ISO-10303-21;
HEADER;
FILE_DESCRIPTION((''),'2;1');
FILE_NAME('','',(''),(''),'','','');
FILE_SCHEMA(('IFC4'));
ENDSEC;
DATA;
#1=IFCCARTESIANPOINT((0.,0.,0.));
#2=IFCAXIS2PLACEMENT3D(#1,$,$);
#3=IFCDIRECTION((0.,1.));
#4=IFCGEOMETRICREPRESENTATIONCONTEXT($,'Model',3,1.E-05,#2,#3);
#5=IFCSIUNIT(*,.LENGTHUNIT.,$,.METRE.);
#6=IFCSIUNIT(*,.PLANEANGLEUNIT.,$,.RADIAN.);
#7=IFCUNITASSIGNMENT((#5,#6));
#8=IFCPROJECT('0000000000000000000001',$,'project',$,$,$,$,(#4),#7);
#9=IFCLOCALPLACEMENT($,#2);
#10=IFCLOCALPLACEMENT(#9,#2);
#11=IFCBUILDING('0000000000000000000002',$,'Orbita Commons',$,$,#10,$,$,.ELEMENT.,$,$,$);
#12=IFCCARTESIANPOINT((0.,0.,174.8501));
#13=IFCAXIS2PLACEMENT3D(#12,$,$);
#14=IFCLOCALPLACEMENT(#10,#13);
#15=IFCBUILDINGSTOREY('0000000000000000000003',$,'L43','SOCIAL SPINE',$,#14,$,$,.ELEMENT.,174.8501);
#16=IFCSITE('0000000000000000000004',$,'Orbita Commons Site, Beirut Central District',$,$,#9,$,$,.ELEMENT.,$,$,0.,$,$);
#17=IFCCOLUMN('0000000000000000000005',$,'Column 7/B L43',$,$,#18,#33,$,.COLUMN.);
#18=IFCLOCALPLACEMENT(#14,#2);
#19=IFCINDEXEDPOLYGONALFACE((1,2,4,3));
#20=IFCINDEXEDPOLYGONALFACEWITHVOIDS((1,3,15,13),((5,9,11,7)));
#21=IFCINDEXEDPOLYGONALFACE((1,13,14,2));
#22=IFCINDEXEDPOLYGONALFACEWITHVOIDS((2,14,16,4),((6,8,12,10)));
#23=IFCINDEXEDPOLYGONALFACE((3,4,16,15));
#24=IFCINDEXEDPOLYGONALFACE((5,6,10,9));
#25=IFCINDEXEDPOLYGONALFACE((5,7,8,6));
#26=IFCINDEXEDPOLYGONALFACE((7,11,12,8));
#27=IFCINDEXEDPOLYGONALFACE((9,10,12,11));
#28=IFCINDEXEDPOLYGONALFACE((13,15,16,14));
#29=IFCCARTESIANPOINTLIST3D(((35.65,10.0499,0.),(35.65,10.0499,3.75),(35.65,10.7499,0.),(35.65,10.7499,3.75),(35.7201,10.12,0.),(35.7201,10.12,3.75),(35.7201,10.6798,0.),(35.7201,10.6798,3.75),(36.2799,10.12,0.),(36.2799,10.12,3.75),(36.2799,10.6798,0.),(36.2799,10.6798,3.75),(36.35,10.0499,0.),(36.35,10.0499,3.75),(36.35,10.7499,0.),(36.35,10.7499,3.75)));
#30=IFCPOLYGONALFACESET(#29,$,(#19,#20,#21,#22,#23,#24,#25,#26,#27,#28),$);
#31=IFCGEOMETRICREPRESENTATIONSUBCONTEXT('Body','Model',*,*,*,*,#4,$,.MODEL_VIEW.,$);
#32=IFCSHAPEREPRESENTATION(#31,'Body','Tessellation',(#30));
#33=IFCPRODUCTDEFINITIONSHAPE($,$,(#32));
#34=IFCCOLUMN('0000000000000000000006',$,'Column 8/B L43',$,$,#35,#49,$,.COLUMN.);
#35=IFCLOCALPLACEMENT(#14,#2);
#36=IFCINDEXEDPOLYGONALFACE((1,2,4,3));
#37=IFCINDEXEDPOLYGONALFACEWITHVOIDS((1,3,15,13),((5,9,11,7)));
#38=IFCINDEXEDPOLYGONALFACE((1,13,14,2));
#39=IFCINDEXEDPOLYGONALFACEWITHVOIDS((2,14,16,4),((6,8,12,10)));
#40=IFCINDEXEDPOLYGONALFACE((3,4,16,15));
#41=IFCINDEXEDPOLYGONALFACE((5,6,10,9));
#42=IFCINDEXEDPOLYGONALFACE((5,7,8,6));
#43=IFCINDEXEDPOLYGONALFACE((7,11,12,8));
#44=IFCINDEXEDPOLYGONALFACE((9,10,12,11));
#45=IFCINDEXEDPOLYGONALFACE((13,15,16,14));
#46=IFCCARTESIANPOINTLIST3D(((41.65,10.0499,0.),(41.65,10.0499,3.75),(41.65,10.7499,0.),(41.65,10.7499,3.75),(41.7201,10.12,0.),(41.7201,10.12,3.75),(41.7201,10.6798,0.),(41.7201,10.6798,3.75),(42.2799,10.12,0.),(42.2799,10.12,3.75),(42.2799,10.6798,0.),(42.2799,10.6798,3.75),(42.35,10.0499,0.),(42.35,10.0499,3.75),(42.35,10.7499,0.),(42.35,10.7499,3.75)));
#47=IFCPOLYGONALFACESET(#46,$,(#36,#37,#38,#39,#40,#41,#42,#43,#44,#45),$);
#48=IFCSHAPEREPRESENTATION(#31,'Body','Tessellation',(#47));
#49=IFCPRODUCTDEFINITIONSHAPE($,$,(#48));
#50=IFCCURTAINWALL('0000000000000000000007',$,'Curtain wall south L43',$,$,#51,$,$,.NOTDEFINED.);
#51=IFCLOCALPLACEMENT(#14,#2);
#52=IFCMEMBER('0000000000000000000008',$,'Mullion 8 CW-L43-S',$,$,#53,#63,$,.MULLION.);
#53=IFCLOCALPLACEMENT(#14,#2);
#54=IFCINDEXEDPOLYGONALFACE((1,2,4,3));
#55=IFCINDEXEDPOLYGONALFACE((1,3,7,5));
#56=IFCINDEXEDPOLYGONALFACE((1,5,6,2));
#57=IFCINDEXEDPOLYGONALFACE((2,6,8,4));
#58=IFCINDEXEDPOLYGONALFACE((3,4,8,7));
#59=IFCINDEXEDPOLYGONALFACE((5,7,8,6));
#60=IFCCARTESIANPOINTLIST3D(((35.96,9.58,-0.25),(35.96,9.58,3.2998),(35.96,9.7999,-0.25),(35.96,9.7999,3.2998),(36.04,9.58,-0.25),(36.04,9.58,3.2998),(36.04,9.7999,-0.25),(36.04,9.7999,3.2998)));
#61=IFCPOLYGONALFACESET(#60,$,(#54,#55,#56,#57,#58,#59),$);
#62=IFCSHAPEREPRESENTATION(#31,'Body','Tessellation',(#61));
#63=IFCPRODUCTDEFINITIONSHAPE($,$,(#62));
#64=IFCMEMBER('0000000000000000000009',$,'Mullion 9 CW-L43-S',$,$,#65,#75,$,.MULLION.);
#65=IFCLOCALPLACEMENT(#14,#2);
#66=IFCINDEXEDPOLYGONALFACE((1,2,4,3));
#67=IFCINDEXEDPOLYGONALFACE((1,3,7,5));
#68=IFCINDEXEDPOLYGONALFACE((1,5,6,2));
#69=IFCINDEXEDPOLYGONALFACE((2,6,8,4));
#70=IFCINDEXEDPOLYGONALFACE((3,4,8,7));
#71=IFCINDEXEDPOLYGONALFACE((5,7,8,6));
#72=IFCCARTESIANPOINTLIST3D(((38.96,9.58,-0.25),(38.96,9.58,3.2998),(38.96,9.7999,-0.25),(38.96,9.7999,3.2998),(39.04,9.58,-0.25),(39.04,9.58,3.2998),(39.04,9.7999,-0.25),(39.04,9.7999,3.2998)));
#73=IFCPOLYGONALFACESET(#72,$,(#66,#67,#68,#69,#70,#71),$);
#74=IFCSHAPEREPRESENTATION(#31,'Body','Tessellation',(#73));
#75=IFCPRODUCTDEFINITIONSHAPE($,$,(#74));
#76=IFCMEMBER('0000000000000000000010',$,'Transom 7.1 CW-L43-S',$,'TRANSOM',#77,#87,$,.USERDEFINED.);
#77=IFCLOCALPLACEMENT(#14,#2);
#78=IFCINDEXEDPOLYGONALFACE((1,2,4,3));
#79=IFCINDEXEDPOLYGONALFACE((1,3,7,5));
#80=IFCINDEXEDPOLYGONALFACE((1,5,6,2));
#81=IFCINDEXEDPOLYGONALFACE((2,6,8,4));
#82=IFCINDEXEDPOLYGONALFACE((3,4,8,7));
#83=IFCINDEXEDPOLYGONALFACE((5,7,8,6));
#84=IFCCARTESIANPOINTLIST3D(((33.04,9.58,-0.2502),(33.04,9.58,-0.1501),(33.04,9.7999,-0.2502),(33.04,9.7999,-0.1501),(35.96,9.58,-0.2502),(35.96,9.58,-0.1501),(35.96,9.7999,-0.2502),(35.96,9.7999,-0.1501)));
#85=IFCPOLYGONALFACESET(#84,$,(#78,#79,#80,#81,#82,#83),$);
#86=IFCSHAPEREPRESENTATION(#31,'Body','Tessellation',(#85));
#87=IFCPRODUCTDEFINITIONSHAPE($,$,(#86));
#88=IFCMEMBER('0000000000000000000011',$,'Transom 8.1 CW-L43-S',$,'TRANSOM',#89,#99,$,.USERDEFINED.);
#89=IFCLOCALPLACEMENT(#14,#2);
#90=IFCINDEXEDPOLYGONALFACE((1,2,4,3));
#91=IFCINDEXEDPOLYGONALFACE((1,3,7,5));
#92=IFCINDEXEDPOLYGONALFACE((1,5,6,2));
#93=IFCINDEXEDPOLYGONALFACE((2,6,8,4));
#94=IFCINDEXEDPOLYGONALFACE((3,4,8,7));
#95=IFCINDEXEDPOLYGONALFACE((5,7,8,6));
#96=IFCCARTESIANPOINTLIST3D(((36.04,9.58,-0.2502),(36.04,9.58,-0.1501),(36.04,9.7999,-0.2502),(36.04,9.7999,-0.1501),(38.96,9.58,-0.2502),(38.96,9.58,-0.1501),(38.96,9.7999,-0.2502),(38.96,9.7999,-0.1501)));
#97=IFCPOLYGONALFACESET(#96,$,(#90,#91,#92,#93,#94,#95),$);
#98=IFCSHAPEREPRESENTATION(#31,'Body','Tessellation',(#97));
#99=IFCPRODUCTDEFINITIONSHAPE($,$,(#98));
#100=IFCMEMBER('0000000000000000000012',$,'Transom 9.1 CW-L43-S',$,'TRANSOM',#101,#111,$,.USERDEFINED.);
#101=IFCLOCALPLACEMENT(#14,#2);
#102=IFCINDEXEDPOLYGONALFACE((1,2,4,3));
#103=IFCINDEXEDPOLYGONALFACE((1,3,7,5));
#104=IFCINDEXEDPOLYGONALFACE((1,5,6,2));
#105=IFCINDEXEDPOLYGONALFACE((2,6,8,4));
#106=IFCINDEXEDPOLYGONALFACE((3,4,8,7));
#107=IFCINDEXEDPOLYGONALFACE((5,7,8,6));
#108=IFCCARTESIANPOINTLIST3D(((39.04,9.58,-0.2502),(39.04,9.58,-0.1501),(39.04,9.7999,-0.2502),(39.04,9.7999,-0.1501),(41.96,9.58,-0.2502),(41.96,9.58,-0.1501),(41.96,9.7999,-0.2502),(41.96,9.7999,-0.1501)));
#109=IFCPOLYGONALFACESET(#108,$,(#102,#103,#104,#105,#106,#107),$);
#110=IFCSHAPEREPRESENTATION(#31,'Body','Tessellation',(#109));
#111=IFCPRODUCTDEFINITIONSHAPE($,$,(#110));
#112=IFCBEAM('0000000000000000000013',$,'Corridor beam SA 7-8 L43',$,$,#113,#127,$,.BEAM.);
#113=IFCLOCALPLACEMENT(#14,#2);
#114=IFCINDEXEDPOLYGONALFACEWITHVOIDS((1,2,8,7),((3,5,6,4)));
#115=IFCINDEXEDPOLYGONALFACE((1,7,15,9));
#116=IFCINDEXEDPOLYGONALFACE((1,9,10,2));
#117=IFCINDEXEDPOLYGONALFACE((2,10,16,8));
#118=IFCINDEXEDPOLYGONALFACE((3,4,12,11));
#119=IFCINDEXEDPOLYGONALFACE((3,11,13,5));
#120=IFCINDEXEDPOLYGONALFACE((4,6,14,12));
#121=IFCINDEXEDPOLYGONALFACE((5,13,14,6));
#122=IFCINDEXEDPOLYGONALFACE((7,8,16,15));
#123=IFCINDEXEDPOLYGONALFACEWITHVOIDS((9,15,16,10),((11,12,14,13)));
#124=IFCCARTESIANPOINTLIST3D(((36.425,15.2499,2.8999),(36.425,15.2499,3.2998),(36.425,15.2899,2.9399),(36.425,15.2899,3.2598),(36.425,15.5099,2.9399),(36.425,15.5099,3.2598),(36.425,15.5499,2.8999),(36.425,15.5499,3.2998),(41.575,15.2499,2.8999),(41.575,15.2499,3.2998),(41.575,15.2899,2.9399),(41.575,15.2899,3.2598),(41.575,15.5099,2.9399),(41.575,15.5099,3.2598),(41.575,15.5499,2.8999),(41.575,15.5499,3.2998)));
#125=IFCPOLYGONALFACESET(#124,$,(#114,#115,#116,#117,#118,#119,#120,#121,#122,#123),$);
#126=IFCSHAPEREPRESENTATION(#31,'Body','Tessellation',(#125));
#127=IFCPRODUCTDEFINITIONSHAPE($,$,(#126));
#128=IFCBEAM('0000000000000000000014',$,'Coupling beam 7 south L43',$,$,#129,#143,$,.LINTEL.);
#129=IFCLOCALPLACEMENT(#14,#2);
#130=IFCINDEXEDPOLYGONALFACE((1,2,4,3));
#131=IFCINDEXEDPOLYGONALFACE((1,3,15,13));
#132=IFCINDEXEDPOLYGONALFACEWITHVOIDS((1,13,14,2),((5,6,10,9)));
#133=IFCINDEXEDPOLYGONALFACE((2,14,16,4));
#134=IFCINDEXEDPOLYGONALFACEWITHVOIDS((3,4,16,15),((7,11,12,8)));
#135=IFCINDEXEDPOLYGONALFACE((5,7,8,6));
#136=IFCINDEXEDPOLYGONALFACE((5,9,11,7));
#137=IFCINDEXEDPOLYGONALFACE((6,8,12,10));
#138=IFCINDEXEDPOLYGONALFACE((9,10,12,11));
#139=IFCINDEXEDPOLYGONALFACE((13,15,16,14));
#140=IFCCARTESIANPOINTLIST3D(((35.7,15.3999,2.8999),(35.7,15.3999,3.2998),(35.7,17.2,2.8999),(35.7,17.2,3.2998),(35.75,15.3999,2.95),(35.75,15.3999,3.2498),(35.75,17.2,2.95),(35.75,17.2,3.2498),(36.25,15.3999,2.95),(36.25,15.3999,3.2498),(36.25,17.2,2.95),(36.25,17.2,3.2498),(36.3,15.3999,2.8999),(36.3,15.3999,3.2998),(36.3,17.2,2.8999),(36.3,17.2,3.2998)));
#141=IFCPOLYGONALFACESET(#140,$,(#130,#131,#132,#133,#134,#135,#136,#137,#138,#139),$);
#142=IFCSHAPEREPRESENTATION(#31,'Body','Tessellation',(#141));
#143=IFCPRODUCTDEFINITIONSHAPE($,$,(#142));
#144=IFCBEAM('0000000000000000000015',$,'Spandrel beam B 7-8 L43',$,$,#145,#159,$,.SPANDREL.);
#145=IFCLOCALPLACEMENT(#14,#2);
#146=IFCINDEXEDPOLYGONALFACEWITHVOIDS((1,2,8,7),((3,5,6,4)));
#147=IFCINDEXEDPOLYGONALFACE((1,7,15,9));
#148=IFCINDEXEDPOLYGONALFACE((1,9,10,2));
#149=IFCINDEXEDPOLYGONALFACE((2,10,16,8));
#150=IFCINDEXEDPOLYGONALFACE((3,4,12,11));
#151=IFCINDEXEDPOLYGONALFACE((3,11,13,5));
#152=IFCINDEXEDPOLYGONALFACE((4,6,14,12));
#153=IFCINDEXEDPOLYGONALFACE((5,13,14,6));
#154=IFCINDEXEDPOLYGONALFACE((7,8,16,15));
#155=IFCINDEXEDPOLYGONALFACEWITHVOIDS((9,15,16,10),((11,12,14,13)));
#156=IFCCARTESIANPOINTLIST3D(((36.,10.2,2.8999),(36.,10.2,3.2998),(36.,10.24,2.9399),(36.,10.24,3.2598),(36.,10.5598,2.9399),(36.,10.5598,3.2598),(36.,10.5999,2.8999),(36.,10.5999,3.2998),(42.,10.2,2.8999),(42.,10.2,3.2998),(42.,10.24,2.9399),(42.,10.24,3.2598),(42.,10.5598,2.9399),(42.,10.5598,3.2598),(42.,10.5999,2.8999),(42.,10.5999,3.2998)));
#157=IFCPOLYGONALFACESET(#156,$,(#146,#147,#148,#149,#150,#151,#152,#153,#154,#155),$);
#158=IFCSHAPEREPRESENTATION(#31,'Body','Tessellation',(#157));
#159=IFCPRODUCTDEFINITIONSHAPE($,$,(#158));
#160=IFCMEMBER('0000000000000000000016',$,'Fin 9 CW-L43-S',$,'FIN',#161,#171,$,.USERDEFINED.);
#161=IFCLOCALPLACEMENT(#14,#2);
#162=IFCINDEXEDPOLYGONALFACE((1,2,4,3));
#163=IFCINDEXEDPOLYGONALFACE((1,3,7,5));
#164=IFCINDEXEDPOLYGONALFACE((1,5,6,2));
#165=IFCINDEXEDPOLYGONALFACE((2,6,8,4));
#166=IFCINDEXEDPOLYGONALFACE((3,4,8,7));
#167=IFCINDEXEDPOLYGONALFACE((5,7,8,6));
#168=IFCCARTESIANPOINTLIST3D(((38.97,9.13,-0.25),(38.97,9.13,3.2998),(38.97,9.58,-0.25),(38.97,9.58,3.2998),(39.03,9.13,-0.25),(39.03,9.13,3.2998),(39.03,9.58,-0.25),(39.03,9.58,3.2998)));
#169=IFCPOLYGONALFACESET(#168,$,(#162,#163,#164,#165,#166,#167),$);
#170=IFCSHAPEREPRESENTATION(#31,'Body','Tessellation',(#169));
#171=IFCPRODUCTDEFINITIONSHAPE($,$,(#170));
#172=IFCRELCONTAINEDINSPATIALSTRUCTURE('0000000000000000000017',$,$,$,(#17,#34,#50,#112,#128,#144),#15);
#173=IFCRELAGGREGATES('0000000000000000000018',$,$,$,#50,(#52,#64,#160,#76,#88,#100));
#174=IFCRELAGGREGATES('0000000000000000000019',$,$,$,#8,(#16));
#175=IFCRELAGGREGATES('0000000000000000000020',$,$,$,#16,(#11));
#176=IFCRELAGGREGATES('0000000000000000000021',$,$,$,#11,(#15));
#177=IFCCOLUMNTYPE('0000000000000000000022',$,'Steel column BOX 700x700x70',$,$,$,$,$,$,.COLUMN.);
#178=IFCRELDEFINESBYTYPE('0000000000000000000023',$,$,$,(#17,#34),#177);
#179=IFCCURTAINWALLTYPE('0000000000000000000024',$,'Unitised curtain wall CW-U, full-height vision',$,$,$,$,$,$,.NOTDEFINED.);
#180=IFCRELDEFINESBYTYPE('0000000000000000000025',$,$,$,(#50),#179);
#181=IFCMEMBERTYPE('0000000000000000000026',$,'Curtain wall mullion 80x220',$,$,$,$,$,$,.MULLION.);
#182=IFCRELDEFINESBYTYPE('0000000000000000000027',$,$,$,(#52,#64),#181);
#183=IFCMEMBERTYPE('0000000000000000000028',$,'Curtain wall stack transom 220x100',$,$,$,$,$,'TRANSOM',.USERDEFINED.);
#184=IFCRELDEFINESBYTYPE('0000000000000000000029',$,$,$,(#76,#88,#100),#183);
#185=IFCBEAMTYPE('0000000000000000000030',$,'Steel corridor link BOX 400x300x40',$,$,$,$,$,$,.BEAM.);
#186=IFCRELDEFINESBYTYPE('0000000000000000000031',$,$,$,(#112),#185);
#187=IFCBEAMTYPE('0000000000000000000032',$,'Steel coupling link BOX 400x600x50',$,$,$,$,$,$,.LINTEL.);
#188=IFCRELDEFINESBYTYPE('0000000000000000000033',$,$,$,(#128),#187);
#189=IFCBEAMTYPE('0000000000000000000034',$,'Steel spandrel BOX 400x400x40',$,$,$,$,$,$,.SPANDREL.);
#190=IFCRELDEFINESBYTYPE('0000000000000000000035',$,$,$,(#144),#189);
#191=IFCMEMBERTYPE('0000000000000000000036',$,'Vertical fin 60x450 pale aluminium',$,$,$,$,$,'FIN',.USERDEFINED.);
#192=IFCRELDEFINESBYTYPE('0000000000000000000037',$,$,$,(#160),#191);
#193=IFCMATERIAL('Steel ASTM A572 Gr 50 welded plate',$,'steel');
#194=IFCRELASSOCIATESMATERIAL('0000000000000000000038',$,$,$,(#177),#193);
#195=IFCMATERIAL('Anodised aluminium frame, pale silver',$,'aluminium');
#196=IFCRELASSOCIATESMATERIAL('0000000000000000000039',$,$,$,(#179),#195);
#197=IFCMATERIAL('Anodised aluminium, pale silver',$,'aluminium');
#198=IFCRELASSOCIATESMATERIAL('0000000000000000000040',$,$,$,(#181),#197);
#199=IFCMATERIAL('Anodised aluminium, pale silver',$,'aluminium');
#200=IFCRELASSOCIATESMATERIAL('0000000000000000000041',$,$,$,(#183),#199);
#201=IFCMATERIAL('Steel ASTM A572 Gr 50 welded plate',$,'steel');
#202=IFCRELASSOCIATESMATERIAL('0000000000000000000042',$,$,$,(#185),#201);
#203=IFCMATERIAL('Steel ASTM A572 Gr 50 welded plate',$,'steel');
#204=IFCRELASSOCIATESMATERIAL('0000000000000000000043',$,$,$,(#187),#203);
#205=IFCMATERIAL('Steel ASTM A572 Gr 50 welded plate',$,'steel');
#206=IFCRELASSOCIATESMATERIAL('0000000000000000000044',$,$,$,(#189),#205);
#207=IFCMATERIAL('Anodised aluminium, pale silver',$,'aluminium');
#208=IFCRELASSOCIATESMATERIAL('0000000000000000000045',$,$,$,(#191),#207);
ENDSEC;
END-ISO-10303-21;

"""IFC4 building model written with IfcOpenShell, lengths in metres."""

from ifc_helpers import new_model, si_unit, direction, frame, origin, origin_2d, place, context, subcontext, project, spatial, rectangle, hollow_rectangle, extrude, material, material_profile, profile_set, type_object, element, aggregate, save


model = new_model("IFC4")

# Units and contexts
model_context = context("Model", 3, precision=1e-05, world=origin(), true_north=direction((0.0, 1.0)))
body_context = subcontext(model_context, "Body", "Model", "MODEL_VIEW")
ifc_project = project(units=[si_unit("LENGTHUNIT", "METRE"), si_unit("PLANEANGLEUNIT", "RADIAN")], contexts=[model_context])

# Site, building, storey
site_placement = place(None, origin())
site = spatial("IfcSite", under=ifc_project, at=site_placement, Name="Orbita Commons Site, Beirut Central District", CompositionType="ELEMENT", RefElevation=0.0)
building_placement = place(site_placement, origin())
building = spatial("IfcBuilding", under=site, at=building_placement, Name="Orbita Commons", CompositionType="ELEMENT")
storey_placement = place(building_placement, frame((0.0, 0.0, 174.8501)))
storey = spatial("IfcBuildingStorey", under=building, at=storey_placement, Name="L43", Description="SOCIAL SPINE", CompositionType="ELEMENT", Elevation=174.8501)

# Columns
ifc_material_1 = material(Name="Steel ASTM A572 Gr 50 welded plate", Category="steel")
ifc_material_profile_1 = material_profile(ifc_material_1, hollow_rectangle(XDim=0.7, YDim=0.7, WallThickness=0.0701, at=origin_2d()), Name="BOX 700x700x70")
ifc_profile_set_1 = profile_set([ifc_material_profile_1], Name="Steel ASTM A572 Gr 50 welded plate")
column_type = type_object("IfcColumnType", Name="Steel column BOX 700x700x70", PredefinedType="COLUMN", material=ifc_profile_set_1)
for number, where, z_axis, x_axis, name in (
    (1, (36.0, 10.3999, 0.0), (0.0, 0.0, 1.0), (1.0, 0.0, 0.0), "Column 7/B L43"),
    (2, (42.0, 10.3999, 0.0), (0.0, 0.0, 1.0), (1.0, 0.0, 0.0), "Column 8/B L43"),
):
    element("IfcColumn", number, at=place(storey_placement, frame(where, z_axis=z_axis, x_axis=x_axis)), inside=storey, type_object=column_type, Name=name, PredefinedType="COLUMN", context=body_context, shape_type="SweptSolid", body=[
        extrude(hollow_rectangle(XDim=0.7, YDim=0.7, WallThickness=0.0701, at=origin_2d()), origin(), (0.0, 0.0, 1.0), 3.75),
    ])

# Curtain wall, members
ifc_material_2 = material(Name="Anodised aluminium frame, pale silver", Category="aluminium")
curtain_wall_type = type_object("IfcCurtainWallType", Name="Unitised curtain wall CW-U, full-height vision", PredefinedType="NOTDEFINED", material=ifc_material_2)
curtain_wall_placement = place(storey_placement, origin())
curtain_wall = element("IfcCurtainWall", 3, at=curtain_wall_placement, inside=storey, type_object=curtain_wall_type, Name="Curtain wall south L43", PredefinedType="NOTDEFINED")
ifc_material_3 = material(Name="Anodised aluminium, pale silver", Category="aluminium")
ifc_material_profile_2 = material_profile(ifc_material_3, rectangle(XDim=0.0801, YDim=0.22, at=origin_2d()), Name="AL 80x220")
ifc_profile_set_2 = profile_set([ifc_material_profile_2], Name="Anodised aluminium, pale silver")
member_type_1 = type_object("IfcMemberType", Name="Curtain wall mullion 80x220", PredefinedType="MULLION", material=ifc_profile_set_2)
member_1_placement = place(storey_placement, frame((36.0, 9.6899, -0.25), z_axis=(0.0, 0.0, 1.0), x_axis=(1.0, 0.0, 0.0)))
member_1 = element("IfcMember", 4, at=member_1_placement, type_object=member_type_1, Name="Mullion 8 CW-L43-S", PredefinedType="MULLION", context=body_context, shape_type="SweptSolid", body=[
    extrude(rectangle(XDim=0.0801, YDim=0.22, at=origin_2d()), origin(), (0.0, 0.0, 1.0), 3.5498),
])
member_2_placement = place(storey_placement, frame((39.0, 9.6899, -0.25), z_axis=(0.0, 0.0, 1.0), x_axis=(1.0, 0.0, 0.0)))
member_2 = element("IfcMember", 5, at=member_2_placement, type_object=member_type_1, Name="Mullion 9 CW-L43-S", PredefinedType="MULLION", context=body_context, shape_type="SweptSolid", body=[
    extrude(rectangle(XDim=0.0801, YDim=0.22, at=origin_2d()), origin(), (0.0, 0.0, 1.0), 3.5498),
])
ifc_material_4 = material(Name="Anodised aluminium, pale silver", Category="aluminium")
ifc_material_profile_3 = material_profile(ifc_material_4, rectangle(XDim=0.22, YDim=0.1001, at=origin_2d()), Name="AL 220x100")
ifc_profile_set_3 = profile_set([ifc_material_profile_3], Name="Anodised aluminium, pale silver")
member_type_2 = type_object("IfcMemberType", Name="Curtain wall stack transom 220x100", ElementType="TRANSOM", PredefinedType="USERDEFINED", material=ifc_profile_set_3)
member_3_placement = place(storey_placement, frame((33.04, 9.6899, -0.2002), z_axis=(1.0, 0.0, 0.0), x_axis=(0.0, 1.0, 0.0)))
member_3 = element("IfcMember", 6, at=member_3_placement, type_object=member_type_2, Name="Transom 7.1 CW-L43-S", ObjectType="TRANSOM", PredefinedType="USERDEFINED", context=body_context, shape_type="SweptSolid", body=[
    extrude(rectangle(XDim=0.22, YDim=0.1001, at=origin_2d()), origin(), (0.0, 0.0, 1.0), 2.9199),
])
member_4_placement = place(storey_placement, frame((36.04, 9.6899, -0.2002), z_axis=(1.0, 0.0, 0.0), x_axis=(0.0, 1.0, 0.0)))
member_4 = element("IfcMember", 7, at=member_4_placement, type_object=member_type_2, Name="Transom 8.1 CW-L43-S", ObjectType="TRANSOM", PredefinedType="USERDEFINED", context=body_context, shape_type="SweptSolid", body=[
    extrude(rectangle(XDim=0.22, YDim=0.1001, at=origin_2d()), origin(), (0.0, 0.0, 1.0), 2.9199),
])
member_5_placement = place(storey_placement, frame((39.04, 9.6899, -0.2002), z_axis=(1.0, 0.0, 0.0), x_axis=(0.0, 1.0, 0.0)))
member_5 = element("IfcMember", 8, at=member_5_placement, type_object=member_type_2, Name="Transom 9.1 CW-L43-S", ObjectType="TRANSOM", PredefinedType="USERDEFINED", context=body_context, shape_type="SweptSolid", body=[
    extrude(rectangle(XDim=0.22, YDim=0.1001, at=origin_2d()), origin(), (0.0, 0.0, 1.0), 2.9199),
])

# Beams
ifc_material_5 = material(Name="Steel ASTM A572 Gr 50 welded plate", Category="steel")
ifc_material_profile_4 = material_profile(ifc_material_5, hollow_rectangle(XDim=0.3, YDim=0.3999, WallThickness=0.04, at=origin_2d()), Name="BOX 400x300x40")
ifc_profile_set_4 = profile_set([ifc_material_profile_4], Name="Steel ASTM A572 Gr 50 welded plate")
beam_type_1 = type_object("IfcBeamType", Name="Steel corridor link BOX 400x300x40", PredefinedType="BEAM", material=ifc_profile_set_4)
beam_1_placement = place(storey_placement, frame((36.425, 15.3999, 3.0999), z_axis=(1.0, 0.0, 0.0), x_axis=(0.0, 1.0, 0.0)))
element("IfcBeam", 9, at=beam_1_placement, inside=storey, type_object=beam_type_1, Name="Corridor beam SA 7-8 L43", PredefinedType="BEAM", context=body_context, shape_type="SweptSolid", body=[
    extrude(hollow_rectangle(XDim=0.3, YDim=0.3999, WallThickness=0.04, at=origin_2d()), origin(), (0.0, 0.0, 1.0), 5.1499),
])
ifc_material_6 = material(Name="Steel ASTM A572 Gr 50 welded plate", Category="steel")
ifc_material_profile_5 = material_profile(ifc_material_6, hollow_rectangle(XDim=0.6001, YDim=0.3999, WallThickness=0.05, at=origin_2d()), Name="BOX 400x600x50")
ifc_profile_set_5 = profile_set([ifc_material_profile_5], Name="Steel ASTM A572 Gr 50 welded plate")
beam_type_2 = type_object("IfcBeamType", Name="Steel coupling link BOX 400x600x50", PredefinedType="LINTEL", material=ifc_profile_set_5)
beam_2_placement = place(storey_placement, frame((36.0, 15.3999, 3.0999), z_axis=(0.0, 1.0, 0.0), x_axis=(-1.0, 0.0, 0.0)))
element("IfcBeam", 10, at=beam_2_placement, inside=storey, type_object=beam_type_2, Name="Coupling beam 7 south L43", PredefinedType="LINTEL", context=body_context, shape_type="SweptSolid", body=[
    extrude(hollow_rectangle(XDim=0.6001, YDim=0.3999, WallThickness=0.05, at=origin_2d()), origin(), (0.0, 0.0, 1.0), 1.8),
])
ifc_material_7 = material(Name="Steel ASTM A572 Gr 50 welded plate", Category="steel")
ifc_material_profile_6 = material_profile(ifc_material_7, hollow_rectangle(XDim=0.3999, YDim=0.3999, WallThickness=0.04, at=origin_2d()), Name="BOX 400x400x40")
ifc_profile_set_6 = profile_set([ifc_material_profile_6], Name="Steel ASTM A572 Gr 50 welded plate")
beam_type_3 = type_object("IfcBeamType", Name="Steel spandrel BOX 400x400x40", PredefinedType="SPANDREL", material=ifc_profile_set_6)
beam_3_placement = place(storey_placement, frame((36.0, 10.3999, 3.0999), z_axis=(1.0, 0.0, 0.0), x_axis=(0.0, 1.0, 0.0)))
element("IfcBeam", 11, at=beam_3_placement, inside=storey, type_object=beam_type_3, Name="Spandrel beam B 7-8 L43", PredefinedType="SPANDREL", context=body_context, shape_type="SweptSolid", body=[
    extrude(hollow_rectangle(XDim=0.3999, YDim=0.3999, WallThickness=0.04, at=origin_2d()), origin(), (0.0, 0.0, 1.0), 6.0),
])

# Member
ifc_material_8 = material(Name="Anodised aluminium, pale silver", Category="aluminium")
ifc_material_profile_7 = material_profile(ifc_material_8, rectangle(XDim=0.0601, YDim=0.45, at=origin_2d()), Name="FIN 60x450")
ifc_profile_set_7 = profile_set([ifc_material_profile_7], Name="Anodised aluminium, pale silver")
member_type_3 = type_object("IfcMemberType", Name="Vertical fin 60x450 pale aluminium", ElementType="FIN", PredefinedType="USERDEFINED", material=ifc_profile_set_7)
member_6_placement = place(storey_placement, frame((39.0, 9.355, -0.25), z_axis=(0.0, 0.0, 1.0), x_axis=(1.0, 0.0, 0.0)))
member_6 = element("IfcMember", 12, at=member_6_placement, type_object=member_type_3, Name="Fin 9 CW-L43-S", ObjectType="FIN", PredefinedType="USERDEFINED", context=body_context, shape_type="SweptSolid", body=[
    extrude(rectangle(XDim=0.0601, YDim=0.45, at=origin_2d()), origin(), (0.0, 0.0, 1.0), 3.5498),
])

aggregate(curtain_wall, [member_1, member_2, member_6, member_3, member_4, member_5])

save(model, "model.ifc")
